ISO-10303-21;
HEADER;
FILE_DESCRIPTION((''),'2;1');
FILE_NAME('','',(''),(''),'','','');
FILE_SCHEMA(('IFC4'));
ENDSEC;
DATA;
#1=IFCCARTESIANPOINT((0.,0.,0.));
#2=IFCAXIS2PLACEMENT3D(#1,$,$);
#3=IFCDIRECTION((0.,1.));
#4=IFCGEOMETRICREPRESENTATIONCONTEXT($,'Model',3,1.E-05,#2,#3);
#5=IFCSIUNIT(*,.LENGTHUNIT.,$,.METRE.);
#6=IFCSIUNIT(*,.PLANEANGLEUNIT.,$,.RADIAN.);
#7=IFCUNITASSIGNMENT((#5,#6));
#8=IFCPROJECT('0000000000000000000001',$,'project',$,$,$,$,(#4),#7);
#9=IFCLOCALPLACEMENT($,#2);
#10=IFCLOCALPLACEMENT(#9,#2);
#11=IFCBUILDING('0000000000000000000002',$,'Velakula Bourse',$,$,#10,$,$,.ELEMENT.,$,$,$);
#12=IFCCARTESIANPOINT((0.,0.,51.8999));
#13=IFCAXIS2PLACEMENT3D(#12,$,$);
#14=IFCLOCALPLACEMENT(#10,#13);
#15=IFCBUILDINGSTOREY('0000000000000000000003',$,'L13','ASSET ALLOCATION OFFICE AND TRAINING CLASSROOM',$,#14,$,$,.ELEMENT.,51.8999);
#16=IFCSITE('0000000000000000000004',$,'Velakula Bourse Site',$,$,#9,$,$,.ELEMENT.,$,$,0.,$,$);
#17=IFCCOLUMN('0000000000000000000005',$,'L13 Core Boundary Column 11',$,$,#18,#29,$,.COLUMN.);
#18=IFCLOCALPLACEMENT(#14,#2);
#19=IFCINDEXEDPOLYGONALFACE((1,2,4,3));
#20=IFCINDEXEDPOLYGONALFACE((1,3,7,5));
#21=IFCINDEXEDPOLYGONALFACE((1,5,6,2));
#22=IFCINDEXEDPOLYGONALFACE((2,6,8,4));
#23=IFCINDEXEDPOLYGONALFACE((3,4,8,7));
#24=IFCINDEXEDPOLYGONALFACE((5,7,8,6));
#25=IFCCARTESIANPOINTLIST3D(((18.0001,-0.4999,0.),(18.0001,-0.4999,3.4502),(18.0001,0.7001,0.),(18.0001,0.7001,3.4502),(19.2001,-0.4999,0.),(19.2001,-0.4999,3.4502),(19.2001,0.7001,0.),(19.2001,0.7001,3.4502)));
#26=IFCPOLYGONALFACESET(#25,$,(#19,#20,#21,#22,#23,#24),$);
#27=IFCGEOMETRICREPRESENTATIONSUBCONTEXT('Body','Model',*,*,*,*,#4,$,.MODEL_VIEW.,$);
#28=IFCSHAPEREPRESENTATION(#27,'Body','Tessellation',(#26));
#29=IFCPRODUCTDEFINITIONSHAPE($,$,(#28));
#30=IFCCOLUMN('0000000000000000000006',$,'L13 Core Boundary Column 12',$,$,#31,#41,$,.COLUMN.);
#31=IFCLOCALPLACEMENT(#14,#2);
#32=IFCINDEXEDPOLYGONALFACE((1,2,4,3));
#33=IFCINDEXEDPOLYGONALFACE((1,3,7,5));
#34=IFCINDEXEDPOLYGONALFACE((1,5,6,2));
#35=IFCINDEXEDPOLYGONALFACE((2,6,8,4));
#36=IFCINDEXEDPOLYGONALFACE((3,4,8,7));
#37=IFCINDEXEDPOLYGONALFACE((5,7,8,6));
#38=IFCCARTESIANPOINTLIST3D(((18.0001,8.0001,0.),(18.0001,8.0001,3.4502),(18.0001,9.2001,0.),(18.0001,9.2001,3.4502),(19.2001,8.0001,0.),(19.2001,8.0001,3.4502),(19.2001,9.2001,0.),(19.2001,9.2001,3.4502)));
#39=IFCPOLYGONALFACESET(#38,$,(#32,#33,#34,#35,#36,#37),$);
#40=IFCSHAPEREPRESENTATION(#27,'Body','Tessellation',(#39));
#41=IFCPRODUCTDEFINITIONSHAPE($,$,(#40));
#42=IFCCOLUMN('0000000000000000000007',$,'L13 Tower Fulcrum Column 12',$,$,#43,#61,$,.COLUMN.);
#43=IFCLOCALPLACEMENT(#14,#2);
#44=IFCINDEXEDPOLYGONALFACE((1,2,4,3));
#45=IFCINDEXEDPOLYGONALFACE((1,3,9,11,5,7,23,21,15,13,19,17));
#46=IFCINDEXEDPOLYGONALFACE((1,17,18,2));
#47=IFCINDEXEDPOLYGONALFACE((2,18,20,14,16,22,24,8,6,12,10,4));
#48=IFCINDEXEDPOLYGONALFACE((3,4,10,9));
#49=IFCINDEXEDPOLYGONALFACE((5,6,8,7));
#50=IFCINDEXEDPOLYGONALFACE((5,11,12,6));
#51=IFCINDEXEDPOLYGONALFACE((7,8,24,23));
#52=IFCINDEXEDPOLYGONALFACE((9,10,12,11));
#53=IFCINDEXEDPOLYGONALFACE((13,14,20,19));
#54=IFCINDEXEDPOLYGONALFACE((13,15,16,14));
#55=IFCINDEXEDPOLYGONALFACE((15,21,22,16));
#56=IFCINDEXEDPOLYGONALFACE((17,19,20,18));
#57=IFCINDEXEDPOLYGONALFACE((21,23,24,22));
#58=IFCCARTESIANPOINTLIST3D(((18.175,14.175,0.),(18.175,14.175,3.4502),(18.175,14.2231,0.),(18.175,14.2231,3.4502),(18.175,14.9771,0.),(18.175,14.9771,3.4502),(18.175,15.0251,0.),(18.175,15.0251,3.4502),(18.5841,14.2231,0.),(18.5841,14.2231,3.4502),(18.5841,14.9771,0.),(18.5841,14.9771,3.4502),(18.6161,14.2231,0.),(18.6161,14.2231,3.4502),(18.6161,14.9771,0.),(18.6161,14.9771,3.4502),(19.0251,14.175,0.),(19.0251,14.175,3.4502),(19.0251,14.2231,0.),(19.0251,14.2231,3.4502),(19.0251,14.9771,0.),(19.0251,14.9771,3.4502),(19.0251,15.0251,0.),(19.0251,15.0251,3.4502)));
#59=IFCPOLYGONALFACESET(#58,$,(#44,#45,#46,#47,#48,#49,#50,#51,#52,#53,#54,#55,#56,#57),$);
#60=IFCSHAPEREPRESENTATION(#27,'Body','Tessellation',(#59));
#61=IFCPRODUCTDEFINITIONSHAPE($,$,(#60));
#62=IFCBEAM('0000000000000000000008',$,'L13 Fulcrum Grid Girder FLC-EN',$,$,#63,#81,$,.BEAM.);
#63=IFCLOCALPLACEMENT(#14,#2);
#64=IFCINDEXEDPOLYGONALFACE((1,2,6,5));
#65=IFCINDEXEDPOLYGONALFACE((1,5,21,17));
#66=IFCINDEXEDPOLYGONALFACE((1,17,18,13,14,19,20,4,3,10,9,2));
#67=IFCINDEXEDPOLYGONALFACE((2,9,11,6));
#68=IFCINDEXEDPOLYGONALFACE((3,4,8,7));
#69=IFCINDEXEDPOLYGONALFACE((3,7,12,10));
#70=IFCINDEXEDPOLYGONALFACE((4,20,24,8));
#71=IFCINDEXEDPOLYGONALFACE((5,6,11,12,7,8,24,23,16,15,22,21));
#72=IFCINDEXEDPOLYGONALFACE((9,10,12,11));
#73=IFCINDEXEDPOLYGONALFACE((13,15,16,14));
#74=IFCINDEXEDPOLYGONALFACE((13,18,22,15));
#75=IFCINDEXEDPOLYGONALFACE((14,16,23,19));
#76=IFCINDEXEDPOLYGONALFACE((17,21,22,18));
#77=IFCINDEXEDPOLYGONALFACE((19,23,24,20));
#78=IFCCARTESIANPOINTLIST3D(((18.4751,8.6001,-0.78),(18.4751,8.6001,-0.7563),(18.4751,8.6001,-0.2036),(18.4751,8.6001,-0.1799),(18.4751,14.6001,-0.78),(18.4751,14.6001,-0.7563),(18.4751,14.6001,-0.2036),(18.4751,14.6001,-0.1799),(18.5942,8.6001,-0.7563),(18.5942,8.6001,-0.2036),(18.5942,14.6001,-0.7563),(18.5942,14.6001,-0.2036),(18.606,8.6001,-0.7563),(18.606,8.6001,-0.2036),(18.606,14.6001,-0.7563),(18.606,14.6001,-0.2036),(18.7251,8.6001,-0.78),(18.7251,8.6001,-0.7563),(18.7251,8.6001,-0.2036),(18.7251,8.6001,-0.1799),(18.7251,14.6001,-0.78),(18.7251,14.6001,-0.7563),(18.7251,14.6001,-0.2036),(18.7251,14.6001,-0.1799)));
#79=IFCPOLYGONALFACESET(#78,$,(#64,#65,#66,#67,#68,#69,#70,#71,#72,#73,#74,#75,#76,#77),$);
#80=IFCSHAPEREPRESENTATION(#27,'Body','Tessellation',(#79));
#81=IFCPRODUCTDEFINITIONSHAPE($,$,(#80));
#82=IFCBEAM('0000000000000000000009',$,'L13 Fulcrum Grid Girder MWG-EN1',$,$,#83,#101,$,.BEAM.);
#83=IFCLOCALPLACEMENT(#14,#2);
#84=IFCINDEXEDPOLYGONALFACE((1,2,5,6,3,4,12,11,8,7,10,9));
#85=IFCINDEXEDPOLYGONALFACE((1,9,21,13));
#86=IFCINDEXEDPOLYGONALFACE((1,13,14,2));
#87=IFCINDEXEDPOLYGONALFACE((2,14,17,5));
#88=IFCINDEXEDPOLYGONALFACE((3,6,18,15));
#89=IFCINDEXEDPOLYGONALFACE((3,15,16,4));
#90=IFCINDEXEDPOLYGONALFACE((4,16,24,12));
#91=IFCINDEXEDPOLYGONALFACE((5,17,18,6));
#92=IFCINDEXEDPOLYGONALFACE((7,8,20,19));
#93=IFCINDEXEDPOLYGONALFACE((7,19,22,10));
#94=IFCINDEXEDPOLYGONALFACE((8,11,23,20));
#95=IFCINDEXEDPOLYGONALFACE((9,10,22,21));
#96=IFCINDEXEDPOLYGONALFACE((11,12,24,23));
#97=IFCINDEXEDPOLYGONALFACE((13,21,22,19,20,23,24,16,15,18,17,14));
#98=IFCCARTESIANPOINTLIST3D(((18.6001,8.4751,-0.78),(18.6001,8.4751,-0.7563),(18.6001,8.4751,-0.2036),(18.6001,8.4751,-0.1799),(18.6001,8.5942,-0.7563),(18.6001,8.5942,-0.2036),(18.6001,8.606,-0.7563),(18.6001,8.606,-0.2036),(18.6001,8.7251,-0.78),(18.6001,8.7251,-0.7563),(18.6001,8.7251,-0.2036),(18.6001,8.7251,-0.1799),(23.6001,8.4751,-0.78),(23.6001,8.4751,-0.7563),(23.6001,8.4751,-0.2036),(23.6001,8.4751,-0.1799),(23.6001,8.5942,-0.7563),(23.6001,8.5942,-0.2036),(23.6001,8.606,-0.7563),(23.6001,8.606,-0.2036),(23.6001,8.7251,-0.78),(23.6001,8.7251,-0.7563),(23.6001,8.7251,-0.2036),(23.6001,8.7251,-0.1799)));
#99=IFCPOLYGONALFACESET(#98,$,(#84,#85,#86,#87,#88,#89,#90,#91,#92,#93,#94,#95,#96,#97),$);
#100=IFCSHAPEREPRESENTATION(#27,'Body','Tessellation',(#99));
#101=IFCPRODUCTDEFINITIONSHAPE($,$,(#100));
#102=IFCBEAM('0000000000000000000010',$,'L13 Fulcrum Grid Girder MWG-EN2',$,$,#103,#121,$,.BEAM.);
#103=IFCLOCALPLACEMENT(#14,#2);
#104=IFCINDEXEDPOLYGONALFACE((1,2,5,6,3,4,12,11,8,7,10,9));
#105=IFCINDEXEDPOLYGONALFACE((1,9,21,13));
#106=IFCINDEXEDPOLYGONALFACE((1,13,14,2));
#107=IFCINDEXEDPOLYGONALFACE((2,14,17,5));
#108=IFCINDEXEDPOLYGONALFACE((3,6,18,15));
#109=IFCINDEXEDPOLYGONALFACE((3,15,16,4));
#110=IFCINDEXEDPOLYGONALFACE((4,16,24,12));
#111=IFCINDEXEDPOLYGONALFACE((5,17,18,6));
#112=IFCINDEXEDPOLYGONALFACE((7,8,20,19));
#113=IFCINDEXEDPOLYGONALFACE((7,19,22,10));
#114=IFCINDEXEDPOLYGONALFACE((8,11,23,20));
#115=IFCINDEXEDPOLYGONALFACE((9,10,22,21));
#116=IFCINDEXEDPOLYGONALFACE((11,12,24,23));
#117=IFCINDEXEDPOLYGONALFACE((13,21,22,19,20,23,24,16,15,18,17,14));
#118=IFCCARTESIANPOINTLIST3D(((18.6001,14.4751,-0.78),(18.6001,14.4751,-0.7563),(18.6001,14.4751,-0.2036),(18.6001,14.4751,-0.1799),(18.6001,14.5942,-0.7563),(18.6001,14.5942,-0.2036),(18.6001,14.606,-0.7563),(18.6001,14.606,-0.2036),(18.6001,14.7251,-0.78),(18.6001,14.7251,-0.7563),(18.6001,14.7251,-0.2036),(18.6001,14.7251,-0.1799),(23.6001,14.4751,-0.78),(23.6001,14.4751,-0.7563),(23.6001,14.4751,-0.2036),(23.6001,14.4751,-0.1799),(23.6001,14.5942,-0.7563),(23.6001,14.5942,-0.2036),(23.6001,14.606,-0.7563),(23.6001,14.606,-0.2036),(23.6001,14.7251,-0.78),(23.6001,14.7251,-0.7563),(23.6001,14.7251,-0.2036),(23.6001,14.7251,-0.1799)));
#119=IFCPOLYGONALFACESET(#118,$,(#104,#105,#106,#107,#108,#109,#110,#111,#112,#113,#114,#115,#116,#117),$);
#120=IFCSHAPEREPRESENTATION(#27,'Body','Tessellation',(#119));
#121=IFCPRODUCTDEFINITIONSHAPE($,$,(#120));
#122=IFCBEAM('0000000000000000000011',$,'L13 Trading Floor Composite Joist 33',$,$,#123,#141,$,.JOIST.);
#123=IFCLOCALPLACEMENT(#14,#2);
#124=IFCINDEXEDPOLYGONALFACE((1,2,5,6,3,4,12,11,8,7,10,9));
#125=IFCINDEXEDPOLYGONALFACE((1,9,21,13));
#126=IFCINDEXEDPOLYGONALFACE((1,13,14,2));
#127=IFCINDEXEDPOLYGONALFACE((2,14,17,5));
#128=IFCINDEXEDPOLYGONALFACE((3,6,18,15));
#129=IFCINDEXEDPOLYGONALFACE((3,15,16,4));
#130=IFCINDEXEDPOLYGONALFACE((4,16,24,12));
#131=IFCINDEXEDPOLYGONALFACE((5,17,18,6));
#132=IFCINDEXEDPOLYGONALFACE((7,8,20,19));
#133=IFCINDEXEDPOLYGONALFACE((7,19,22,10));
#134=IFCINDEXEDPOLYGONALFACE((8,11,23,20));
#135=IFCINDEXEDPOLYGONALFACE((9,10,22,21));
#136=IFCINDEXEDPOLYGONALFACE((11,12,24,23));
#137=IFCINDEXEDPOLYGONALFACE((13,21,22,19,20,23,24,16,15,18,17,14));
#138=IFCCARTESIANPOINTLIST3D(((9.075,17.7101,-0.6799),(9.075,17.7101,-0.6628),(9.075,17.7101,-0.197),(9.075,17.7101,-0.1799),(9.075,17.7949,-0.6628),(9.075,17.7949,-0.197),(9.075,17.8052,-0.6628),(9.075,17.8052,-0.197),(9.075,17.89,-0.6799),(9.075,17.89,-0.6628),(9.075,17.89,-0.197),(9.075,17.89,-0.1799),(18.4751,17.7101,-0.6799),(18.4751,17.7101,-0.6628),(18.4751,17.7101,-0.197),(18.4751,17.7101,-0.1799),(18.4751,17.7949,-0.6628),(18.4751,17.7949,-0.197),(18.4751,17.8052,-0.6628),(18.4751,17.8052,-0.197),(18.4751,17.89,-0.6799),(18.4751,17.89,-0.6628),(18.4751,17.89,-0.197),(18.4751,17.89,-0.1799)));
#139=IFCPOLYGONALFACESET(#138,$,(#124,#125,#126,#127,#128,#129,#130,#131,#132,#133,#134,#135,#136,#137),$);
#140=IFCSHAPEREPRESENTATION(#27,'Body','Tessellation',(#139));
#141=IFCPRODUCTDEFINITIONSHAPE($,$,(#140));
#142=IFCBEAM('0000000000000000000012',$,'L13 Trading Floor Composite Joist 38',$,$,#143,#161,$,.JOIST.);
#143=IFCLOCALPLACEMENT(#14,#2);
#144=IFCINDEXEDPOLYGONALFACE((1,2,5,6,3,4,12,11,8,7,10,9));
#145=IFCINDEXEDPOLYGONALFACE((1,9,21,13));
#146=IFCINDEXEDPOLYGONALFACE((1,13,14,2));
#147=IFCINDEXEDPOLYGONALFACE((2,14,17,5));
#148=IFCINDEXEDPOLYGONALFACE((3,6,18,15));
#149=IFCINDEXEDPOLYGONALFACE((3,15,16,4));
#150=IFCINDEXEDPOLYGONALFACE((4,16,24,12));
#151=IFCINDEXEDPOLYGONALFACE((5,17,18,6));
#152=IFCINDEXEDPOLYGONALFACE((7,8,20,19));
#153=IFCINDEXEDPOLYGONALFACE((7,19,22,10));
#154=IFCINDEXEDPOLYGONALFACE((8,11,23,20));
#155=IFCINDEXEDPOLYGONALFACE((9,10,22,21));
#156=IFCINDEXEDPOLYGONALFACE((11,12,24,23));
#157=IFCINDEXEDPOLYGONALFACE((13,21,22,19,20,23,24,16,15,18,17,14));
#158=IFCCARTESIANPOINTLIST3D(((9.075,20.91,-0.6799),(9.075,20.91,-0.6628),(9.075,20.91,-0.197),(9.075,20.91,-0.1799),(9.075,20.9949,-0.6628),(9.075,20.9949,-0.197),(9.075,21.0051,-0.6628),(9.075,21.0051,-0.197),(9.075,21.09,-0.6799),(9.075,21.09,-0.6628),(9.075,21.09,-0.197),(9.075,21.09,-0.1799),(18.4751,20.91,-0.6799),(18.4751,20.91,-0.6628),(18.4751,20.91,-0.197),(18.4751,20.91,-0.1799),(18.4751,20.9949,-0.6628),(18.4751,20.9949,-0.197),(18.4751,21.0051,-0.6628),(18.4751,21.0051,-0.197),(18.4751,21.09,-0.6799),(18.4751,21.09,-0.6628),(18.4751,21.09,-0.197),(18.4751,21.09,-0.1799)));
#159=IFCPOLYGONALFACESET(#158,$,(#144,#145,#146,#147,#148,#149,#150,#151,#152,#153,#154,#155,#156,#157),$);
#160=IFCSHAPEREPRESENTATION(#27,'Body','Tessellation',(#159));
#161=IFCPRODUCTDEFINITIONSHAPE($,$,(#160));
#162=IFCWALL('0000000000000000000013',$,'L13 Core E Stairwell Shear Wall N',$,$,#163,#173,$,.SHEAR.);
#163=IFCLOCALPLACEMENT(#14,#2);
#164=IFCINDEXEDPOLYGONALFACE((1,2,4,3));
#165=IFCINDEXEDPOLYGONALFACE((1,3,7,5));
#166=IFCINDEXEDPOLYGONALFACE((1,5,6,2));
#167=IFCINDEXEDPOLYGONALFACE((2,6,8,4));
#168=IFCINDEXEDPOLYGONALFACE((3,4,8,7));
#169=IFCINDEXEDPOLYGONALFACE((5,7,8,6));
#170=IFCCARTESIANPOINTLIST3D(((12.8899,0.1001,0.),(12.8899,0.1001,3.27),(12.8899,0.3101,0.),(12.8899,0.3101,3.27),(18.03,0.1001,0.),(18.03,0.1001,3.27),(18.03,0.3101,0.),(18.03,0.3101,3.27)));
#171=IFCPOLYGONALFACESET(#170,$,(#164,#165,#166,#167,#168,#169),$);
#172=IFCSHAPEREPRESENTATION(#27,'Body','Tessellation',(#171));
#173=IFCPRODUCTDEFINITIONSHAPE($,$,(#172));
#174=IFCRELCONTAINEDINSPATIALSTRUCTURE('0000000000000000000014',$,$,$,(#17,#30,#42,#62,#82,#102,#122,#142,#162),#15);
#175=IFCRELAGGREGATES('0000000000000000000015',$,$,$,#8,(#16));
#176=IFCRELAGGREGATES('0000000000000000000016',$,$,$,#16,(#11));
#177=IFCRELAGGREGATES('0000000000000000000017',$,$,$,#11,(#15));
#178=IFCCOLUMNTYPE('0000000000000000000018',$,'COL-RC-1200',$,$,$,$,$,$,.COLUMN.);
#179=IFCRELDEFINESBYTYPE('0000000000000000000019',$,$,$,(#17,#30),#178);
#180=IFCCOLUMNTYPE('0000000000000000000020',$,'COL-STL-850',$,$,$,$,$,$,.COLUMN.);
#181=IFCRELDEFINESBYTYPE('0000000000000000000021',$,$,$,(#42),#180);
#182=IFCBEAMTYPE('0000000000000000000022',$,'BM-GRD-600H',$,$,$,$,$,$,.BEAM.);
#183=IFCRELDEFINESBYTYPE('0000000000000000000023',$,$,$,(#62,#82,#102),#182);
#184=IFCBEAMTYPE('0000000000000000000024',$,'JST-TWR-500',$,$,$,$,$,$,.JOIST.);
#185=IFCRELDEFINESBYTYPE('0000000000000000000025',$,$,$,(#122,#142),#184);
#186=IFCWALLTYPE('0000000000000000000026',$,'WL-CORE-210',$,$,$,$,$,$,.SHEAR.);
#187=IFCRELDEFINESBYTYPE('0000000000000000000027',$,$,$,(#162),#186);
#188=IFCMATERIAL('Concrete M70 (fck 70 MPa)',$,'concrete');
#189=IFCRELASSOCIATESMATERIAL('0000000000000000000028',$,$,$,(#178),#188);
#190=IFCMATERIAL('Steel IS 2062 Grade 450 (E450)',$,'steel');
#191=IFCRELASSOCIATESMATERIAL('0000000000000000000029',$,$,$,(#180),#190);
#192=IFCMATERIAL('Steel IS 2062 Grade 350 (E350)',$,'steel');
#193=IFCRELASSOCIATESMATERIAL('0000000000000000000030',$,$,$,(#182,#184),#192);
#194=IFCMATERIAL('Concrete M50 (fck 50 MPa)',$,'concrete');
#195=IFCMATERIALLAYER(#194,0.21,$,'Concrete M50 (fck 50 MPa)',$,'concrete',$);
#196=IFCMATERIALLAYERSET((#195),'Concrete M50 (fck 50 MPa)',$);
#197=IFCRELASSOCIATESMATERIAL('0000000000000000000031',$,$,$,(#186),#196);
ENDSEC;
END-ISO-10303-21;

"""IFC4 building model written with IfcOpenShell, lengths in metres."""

from ifc_helpers import new_model, si_unit, direction, frame, frame_2d, origin, origin_2d, place, context, subcontext, project, spatial, rectangle, i_section, extrude, material, layer, layer_set, material_profile, profile_set, type_object, element, save


model = new_model("IFC4")

# Units and contexts
model_context = context("Model", 3, precision=1e-05, world=origin(), true_north=direction((0.0, 1.0)))
body_context = subcontext(model_context, "Body", "Model", "MODEL_VIEW")
ifc_project = project(units=[si_unit("LENGTHUNIT", "METRE"), si_unit("PLANEANGLEUNIT", "RADIAN")], contexts=[model_context])

# Site, building, storey
site_placement = place(None, origin())
site = spatial("IfcSite", under=ifc_project, at=site_placement, Name="Velakula Bourse Site", CompositionType="ELEMENT", RefElevation=0.0)
building_placement = place(site_placement, origin())
building = spatial("IfcBuilding", under=site, at=building_placement, Name="Velakula Bourse", CompositionType="ELEMENT")
storey_placement = place(building_placement, frame((0.0, 0.0, 51.8999)))
storey = spatial("IfcBuildingStorey", under=building, at=storey_placement, Name="L13", Description="ASSET ALLOCATION OFFICE AND TRAINING CLASSROOM", CompositionType="ELEMENT", Elevation=51.8999)

# Columns
ifc_material_1 = material(Name="Concrete M70 (fck 70 MPa)", Category="concrete")
ifc_material_profile_1 = material_profile(ifc_material_1, rectangle(XDim=1.2, YDim=1.2, at=origin_2d()), Name="Concrete M70 (fck 70 MPa)")
ifc_profile_set_1 = profile_set([ifc_material_profile_1], Name="Concrete M70 (fck 70 MPa)")
column_type_1 = type_object("IfcColumnType", Name="COL-RC-1200", PredefinedType="COLUMN", material=ifc_profile_set_1)
for number, where, z_axis, x_axis, name in (
    (1, (18.6001, 0.1001, 0.0), (0.0, 0.0, 1.0), (1.0, 0.0, 0.0), "L13 Core Boundary Column 11"),
    (2, (18.6001, 8.6001, 0.0), (0.0, 0.0, 1.0), (1.0, 0.0, 0.0), "L13 Core Boundary Column 12"),
):
    element("IfcColumn", number, at=place(storey_placement, frame(where, z_axis=z_axis, x_axis=x_axis)), inside=storey, type_object=column_type_1, Name=name, PredefinedType="COLUMN", context=body_context, shape_type="SweptSolid", body=[
        extrude(rectangle(XDim=1.2, YDim=1.2, at=origin_2d()), origin(), (0.0, 0.0, 1.0), 3.4502),
    ])
ifc_material_2 = material(Name="Steel IS 2062 Grade 450 (E450)", Category="steel")
ifc_material_profile_2 = material_profile(ifc_material_2, i_section(OverallWidth=0.8501, OverallDepth=0.8501, WebThickness=0.032, FlangeThickness=0.0481, at=origin_2d()), Name="Steel IS 2062 Grade 450 (E450)")
ifc_profile_set_2 = profile_set([ifc_material_profile_2], Name="Steel IS 2062 Grade 450 (E450)")
column_type_2 = type_object("IfcColumnType", Name="COL-STL-850", PredefinedType="COLUMN", material=ifc_profile_set_2)
column_placement = place(storey_placement, frame((18.6001, 14.6001, 0.0), z_axis=(0.0, 0.0, 1.0), x_axis=(1.0, 0.0, 0.0)))
element("IfcColumn", 3, at=column_placement, inside=storey, type_object=column_type_2, Name="L13 Tower Fulcrum Column 12", PredefinedType="COLUMN", context=body_context, shape_type="SweptSolid", body=[
    extrude(i_section(OverallWidth=0.8501, OverallDepth=0.8501, WebThickness=0.032, FlangeThickness=0.0481, at=origin_2d()), origin(), (0.0, 0.0, 1.0), 3.4502),
])

# Beams
ifc_material_3 = material(Name="Steel IS 2062 Grade 350 (E350)", Category="steel")
ifc_material_profile_3 = material_profile(ifc_material_3, i_section(OverallWidth=0.25, OverallDepth=0.6001, WebThickness=0.0117, FlangeThickness=0.0237, at=origin_2d()), Name="Steel IS 2062 Grade 350 (E350)")
ifc_profile_set_3 = profile_set([ifc_material_profile_3], Name="Steel IS 2062 Grade 350 (E350)")
beam_type_1 = type_object("IfcBeamType", Name="BM-GRD-600H", PredefinedType="BEAM", material=ifc_profile_set_3)
beam_placement = place(storey_placement, frame((18.6001, 8.6001, -0.48), z_axis=(0.0, 1.0, 0.0), x_axis=(-1.0, 0.0, 0.0)))
element("IfcBeam", 4, at=beam_placement, inside=storey, type_object=beam_type_1, Name="L13 Fulcrum Grid Girder FLC-EN", PredefinedType="BEAM", context=body_context, shape_type="SweptSolid", body=[
    extrude(i_section(OverallWidth=0.25, OverallDepth=0.6001, WebThickness=0.0117, FlangeThickness=0.0237, at=origin_2d()), origin(), (0.0, 0.0, 1.0), 6.0),
])
for number, where, z_axis, x_axis, name in (
    (5, (18.6001, 8.6001, -0.48), (1.0, 0.0, 0.0), (0.0, 1.0, 0.0), "L13 Fulcrum Grid Girder MWG-EN1"),
    (6, (18.6001, 14.6001, -0.48), (1.0, 0.0, 0.0), (0.0, 1.0, 0.0), "L13 Fulcrum Grid Girder MWG-EN2"),
):
    element("IfcBeam", number, at=place(storey_placement, frame(where, z_axis=z_axis, x_axis=x_axis)), inside=storey, type_object=beam_type_1, Name=name, PredefinedType="BEAM", context=body_context, shape_type="SweptSolid", body=[
        extrude(i_section(OverallWidth=0.25, OverallDepth=0.6001, WebThickness=0.0117, FlangeThickness=0.0237, at=origin_2d()), origin(), (0.0, 0.0, 1.0), 5.0),
    ])
ifc_material_profile_4 = material_profile(ifc_material_3, i_section(OverallWidth=0.1799, OverallDepth=0.5, WebThickness=0.0103, FlangeThickness=0.0171, at=origin_2d()), Name="Steel IS 2062 Grade 350 (E350)")
ifc_profile_set_4 = profile_set([ifc_material_profile_4], Name="Steel IS 2062 Grade 350 (E350)")
beam_type_2 = type_object("IfcBeamType", Name="JST-TWR-500", PredefinedType="JOIST", material=ifc_profile_set_4)
for number, where, z_axis, x_axis, name in (
    (7, (9.075, 17.8, -0.4299), (1.0, 0.0, 0.0), (0.0, 1.0, 0.0), "L13 Trading Floor Composite Joist 33"),
    (8, (9.075, 21.0, -0.4299), (1.0, 0.0, 0.0), (0.0, 1.0, 0.0), "L13 Trading Floor Composite Joist 38"),
):
    element("IfcBeam", number, at=place(storey_placement, frame(where, z_axis=z_axis, x_axis=x_axis)), inside=storey, type_object=beam_type_2, Name=name, PredefinedType="JOIST", context=body_context, shape_type="SweptSolid", body=[
        extrude(i_section(OverallWidth=0.1799, OverallDepth=0.5, WebThickness=0.0103, FlangeThickness=0.0171, at=origin_2d()), origin(), (0.0, 0.0, 1.0), 9.4001),
    ])

# Wall
ifc_material_4 = material(Name="Concrete M50 (fck 50 MPa)", Category="concrete")
ifc_layer_1 = layer(ifc_material_4, 0.21, Name="Concrete M50 (fck 50 MPa)", Category="concrete")
ifc_layer_set_1 = layer_set([ifc_layer_1], Name="Concrete M50 (fck 50 MPa)")
wall_type_1 = type_object("IfcWallType", Name="WL-CORE-210", PredefinedType="SHEAR", material=ifc_layer_set_1)
wall_1_placement = place(storey_placement, frame((18.03, 0.2051, 0.0), z_axis=(0.0, 0.0, 1.0), x_axis=(-1.0, 0.0, 0.0)))
element("IfcWall", 9, at=wall_1_placement, inside=storey, type_object=wall_type_1, Name="L13 Core E Stairwell Shear Wall N", PredefinedType="SHEAR", context=body_context, shape_type="SweptSolid", body=[
    extrude(rectangle(XDim=5.1401, YDim=0.21, at=frame_2d((2.5701, 0.0))), origin(), (0.0, 0.0, 1.0), 3.27),
])

save(model, "model.ifc")
